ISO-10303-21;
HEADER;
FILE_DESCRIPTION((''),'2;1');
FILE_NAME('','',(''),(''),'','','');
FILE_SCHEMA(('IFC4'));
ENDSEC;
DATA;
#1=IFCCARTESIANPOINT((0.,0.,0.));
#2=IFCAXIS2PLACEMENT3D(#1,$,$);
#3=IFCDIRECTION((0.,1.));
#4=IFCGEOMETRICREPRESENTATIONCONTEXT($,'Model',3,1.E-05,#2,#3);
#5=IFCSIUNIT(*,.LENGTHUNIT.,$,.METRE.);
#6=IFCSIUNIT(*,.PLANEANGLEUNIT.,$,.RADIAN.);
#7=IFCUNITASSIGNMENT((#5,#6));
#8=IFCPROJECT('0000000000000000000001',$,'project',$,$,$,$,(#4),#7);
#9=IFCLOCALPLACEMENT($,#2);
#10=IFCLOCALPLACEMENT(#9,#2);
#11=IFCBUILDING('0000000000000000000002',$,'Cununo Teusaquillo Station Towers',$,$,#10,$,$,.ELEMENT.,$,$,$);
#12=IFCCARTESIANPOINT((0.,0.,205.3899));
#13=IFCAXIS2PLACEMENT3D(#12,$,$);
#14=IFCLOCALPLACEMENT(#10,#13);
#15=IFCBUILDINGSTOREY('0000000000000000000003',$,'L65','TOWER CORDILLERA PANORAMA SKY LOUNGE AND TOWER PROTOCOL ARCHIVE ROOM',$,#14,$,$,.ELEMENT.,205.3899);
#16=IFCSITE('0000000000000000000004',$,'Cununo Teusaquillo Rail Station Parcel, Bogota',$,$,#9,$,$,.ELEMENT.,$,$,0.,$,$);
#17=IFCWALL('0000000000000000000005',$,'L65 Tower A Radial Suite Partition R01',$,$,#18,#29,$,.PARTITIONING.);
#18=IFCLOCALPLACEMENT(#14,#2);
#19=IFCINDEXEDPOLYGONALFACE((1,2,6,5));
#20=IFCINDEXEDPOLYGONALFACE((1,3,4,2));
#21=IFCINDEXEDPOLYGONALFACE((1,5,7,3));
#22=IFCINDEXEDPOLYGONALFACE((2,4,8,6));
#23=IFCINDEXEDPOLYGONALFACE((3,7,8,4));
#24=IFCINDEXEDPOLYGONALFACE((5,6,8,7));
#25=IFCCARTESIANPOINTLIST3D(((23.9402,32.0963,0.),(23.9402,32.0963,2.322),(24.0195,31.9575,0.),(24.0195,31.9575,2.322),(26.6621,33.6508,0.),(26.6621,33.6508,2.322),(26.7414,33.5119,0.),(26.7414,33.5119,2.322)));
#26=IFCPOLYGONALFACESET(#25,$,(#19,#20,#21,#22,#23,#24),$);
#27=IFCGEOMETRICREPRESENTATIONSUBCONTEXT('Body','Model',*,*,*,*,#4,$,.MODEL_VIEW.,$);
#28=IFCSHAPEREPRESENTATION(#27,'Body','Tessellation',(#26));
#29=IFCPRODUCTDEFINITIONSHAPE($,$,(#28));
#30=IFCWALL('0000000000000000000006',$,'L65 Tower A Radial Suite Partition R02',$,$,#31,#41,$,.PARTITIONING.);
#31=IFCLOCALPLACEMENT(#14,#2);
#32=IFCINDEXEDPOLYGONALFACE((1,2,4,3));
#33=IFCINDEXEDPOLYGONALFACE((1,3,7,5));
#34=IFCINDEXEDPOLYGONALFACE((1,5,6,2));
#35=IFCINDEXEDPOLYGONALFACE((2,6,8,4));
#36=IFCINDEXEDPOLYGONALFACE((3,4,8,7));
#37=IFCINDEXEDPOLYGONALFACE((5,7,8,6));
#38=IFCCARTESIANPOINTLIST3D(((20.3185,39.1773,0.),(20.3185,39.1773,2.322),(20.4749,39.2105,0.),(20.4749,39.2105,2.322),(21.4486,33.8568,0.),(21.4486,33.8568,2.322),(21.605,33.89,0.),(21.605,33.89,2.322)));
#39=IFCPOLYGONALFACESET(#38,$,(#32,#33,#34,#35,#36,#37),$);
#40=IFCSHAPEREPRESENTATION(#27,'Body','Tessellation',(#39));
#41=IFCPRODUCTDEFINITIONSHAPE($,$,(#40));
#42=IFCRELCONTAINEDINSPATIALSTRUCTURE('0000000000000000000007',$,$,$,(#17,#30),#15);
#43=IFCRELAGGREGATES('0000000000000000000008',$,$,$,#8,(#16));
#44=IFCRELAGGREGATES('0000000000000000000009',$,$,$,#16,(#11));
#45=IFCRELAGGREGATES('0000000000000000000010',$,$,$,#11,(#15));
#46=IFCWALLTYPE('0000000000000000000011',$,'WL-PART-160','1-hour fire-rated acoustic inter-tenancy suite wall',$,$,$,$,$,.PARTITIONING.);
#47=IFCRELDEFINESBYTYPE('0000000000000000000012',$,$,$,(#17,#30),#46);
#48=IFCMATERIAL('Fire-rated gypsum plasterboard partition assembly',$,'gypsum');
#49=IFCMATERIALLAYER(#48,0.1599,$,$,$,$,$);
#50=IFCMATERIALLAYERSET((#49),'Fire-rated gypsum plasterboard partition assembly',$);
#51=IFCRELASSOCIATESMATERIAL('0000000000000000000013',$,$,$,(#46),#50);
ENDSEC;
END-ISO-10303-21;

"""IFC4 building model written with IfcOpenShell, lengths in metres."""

from ifc_helpers import new_model, si_unit, direction, frame, frame_2d, origin, place, context, subcontext, project, spatial, rectangle, extrude, material, layer, layer_set, type_object, element, save


model = new_model("IFC4")

# Units and contexts
model_context = context("Model", 3, precision=1e-05, world=origin(), true_north=direction((0.0, 1.0)))
body_context = subcontext(model_context, "Body", "Model", "MODEL_VIEW")
ifc_project = project(units=[si_unit("LENGTHUNIT", "METRE"), si_unit("PLANEANGLEUNIT", "RADIAN")], contexts=[model_context])

# Site, building, storey
site_placement = place(None, origin())
site = spatial("IfcSite", under=ifc_project, at=site_placement, Name="Cununo Teusaquillo Rail Station Parcel, Bogota", CompositionType="ELEMENT", RefElevation=0.0)
building_placement = place(site_placement, origin())
building = spatial("IfcBuilding", under=site, at=building_placement, Name="Cununo Teusaquillo Station Towers", CompositionType="ELEMENT")
storey_placement = place(building_placement, frame((0.0, 0.0, 205.3899)))
storey = spatial("IfcBuildingStorey", under=building, at=storey_placement, Name="L65", Description="TOWER CORDILLERA PANORAMA SKY LOUNGE AND TOWER PROTOCOL ARCHIVE ROOM", CompositionType="ELEMENT", Elevation=205.3899)

# Walls
ifc_material_1 = material(Name="Fire-rated gypsum plasterboard partition assembly", Category="gypsum")
ifc_layer_1 = layer(ifc_material_1, 0.1599)
ifc_layer_set_1 = layer_set([ifc_layer_1], Name="Fire-rated gypsum plasterboard partition assembly")
wall_type_1 = type_object("IfcWallType", Name="WL-PART-160", Description="1-hour fire-rated acoustic inter-tenancy suite wall", PredefinedType="PARTITIONING", material=ifc_layer_set_1)
wall_1_placement = place(storey_placement, frame((23.9797, 32.0269, 0.0), z_axis=(0.0, 0.0, 1.0), x_axis=(0.868373, 0.495912, 0.0)))
element("IfcWall", 1, at=wall_1_placement, inside=storey, type_object=wall_type_1, Name="L65 Tower A Radial Suite Partition R01", PredefinedType="PARTITIONING", context=body_context, shape_type="SweptSolid", body=[
    extrude(rectangle(XDim=3.1345, YDim=0.1599, at=frame_2d((1.5674, 0.0))), origin(), (0.0, 0.0, 1.0), 2.322),
])
wall_2_placement = place(storey_placement, frame((21.5269, 33.8733, 0.0), z_axis=(0.0, 0.0, 1.0), x_axis=(-0.207772, 0.978177, 0.0)))
element("IfcWall", 2, at=wall_2_placement, inside=storey, type_object=wall_type_1, Name="L65 Tower A Radial Suite Partition R02", PredefinedType="PARTITIONING", context=body_context, shape_type="SweptSolid", body=[
    extrude(rectangle(XDim=5.4392, YDim=0.1599, at=frame_2d((2.7197, 0.0))), origin(), (0.0, 0.0, 1.0), 2.322),
])

save(model, "model.ifc")
